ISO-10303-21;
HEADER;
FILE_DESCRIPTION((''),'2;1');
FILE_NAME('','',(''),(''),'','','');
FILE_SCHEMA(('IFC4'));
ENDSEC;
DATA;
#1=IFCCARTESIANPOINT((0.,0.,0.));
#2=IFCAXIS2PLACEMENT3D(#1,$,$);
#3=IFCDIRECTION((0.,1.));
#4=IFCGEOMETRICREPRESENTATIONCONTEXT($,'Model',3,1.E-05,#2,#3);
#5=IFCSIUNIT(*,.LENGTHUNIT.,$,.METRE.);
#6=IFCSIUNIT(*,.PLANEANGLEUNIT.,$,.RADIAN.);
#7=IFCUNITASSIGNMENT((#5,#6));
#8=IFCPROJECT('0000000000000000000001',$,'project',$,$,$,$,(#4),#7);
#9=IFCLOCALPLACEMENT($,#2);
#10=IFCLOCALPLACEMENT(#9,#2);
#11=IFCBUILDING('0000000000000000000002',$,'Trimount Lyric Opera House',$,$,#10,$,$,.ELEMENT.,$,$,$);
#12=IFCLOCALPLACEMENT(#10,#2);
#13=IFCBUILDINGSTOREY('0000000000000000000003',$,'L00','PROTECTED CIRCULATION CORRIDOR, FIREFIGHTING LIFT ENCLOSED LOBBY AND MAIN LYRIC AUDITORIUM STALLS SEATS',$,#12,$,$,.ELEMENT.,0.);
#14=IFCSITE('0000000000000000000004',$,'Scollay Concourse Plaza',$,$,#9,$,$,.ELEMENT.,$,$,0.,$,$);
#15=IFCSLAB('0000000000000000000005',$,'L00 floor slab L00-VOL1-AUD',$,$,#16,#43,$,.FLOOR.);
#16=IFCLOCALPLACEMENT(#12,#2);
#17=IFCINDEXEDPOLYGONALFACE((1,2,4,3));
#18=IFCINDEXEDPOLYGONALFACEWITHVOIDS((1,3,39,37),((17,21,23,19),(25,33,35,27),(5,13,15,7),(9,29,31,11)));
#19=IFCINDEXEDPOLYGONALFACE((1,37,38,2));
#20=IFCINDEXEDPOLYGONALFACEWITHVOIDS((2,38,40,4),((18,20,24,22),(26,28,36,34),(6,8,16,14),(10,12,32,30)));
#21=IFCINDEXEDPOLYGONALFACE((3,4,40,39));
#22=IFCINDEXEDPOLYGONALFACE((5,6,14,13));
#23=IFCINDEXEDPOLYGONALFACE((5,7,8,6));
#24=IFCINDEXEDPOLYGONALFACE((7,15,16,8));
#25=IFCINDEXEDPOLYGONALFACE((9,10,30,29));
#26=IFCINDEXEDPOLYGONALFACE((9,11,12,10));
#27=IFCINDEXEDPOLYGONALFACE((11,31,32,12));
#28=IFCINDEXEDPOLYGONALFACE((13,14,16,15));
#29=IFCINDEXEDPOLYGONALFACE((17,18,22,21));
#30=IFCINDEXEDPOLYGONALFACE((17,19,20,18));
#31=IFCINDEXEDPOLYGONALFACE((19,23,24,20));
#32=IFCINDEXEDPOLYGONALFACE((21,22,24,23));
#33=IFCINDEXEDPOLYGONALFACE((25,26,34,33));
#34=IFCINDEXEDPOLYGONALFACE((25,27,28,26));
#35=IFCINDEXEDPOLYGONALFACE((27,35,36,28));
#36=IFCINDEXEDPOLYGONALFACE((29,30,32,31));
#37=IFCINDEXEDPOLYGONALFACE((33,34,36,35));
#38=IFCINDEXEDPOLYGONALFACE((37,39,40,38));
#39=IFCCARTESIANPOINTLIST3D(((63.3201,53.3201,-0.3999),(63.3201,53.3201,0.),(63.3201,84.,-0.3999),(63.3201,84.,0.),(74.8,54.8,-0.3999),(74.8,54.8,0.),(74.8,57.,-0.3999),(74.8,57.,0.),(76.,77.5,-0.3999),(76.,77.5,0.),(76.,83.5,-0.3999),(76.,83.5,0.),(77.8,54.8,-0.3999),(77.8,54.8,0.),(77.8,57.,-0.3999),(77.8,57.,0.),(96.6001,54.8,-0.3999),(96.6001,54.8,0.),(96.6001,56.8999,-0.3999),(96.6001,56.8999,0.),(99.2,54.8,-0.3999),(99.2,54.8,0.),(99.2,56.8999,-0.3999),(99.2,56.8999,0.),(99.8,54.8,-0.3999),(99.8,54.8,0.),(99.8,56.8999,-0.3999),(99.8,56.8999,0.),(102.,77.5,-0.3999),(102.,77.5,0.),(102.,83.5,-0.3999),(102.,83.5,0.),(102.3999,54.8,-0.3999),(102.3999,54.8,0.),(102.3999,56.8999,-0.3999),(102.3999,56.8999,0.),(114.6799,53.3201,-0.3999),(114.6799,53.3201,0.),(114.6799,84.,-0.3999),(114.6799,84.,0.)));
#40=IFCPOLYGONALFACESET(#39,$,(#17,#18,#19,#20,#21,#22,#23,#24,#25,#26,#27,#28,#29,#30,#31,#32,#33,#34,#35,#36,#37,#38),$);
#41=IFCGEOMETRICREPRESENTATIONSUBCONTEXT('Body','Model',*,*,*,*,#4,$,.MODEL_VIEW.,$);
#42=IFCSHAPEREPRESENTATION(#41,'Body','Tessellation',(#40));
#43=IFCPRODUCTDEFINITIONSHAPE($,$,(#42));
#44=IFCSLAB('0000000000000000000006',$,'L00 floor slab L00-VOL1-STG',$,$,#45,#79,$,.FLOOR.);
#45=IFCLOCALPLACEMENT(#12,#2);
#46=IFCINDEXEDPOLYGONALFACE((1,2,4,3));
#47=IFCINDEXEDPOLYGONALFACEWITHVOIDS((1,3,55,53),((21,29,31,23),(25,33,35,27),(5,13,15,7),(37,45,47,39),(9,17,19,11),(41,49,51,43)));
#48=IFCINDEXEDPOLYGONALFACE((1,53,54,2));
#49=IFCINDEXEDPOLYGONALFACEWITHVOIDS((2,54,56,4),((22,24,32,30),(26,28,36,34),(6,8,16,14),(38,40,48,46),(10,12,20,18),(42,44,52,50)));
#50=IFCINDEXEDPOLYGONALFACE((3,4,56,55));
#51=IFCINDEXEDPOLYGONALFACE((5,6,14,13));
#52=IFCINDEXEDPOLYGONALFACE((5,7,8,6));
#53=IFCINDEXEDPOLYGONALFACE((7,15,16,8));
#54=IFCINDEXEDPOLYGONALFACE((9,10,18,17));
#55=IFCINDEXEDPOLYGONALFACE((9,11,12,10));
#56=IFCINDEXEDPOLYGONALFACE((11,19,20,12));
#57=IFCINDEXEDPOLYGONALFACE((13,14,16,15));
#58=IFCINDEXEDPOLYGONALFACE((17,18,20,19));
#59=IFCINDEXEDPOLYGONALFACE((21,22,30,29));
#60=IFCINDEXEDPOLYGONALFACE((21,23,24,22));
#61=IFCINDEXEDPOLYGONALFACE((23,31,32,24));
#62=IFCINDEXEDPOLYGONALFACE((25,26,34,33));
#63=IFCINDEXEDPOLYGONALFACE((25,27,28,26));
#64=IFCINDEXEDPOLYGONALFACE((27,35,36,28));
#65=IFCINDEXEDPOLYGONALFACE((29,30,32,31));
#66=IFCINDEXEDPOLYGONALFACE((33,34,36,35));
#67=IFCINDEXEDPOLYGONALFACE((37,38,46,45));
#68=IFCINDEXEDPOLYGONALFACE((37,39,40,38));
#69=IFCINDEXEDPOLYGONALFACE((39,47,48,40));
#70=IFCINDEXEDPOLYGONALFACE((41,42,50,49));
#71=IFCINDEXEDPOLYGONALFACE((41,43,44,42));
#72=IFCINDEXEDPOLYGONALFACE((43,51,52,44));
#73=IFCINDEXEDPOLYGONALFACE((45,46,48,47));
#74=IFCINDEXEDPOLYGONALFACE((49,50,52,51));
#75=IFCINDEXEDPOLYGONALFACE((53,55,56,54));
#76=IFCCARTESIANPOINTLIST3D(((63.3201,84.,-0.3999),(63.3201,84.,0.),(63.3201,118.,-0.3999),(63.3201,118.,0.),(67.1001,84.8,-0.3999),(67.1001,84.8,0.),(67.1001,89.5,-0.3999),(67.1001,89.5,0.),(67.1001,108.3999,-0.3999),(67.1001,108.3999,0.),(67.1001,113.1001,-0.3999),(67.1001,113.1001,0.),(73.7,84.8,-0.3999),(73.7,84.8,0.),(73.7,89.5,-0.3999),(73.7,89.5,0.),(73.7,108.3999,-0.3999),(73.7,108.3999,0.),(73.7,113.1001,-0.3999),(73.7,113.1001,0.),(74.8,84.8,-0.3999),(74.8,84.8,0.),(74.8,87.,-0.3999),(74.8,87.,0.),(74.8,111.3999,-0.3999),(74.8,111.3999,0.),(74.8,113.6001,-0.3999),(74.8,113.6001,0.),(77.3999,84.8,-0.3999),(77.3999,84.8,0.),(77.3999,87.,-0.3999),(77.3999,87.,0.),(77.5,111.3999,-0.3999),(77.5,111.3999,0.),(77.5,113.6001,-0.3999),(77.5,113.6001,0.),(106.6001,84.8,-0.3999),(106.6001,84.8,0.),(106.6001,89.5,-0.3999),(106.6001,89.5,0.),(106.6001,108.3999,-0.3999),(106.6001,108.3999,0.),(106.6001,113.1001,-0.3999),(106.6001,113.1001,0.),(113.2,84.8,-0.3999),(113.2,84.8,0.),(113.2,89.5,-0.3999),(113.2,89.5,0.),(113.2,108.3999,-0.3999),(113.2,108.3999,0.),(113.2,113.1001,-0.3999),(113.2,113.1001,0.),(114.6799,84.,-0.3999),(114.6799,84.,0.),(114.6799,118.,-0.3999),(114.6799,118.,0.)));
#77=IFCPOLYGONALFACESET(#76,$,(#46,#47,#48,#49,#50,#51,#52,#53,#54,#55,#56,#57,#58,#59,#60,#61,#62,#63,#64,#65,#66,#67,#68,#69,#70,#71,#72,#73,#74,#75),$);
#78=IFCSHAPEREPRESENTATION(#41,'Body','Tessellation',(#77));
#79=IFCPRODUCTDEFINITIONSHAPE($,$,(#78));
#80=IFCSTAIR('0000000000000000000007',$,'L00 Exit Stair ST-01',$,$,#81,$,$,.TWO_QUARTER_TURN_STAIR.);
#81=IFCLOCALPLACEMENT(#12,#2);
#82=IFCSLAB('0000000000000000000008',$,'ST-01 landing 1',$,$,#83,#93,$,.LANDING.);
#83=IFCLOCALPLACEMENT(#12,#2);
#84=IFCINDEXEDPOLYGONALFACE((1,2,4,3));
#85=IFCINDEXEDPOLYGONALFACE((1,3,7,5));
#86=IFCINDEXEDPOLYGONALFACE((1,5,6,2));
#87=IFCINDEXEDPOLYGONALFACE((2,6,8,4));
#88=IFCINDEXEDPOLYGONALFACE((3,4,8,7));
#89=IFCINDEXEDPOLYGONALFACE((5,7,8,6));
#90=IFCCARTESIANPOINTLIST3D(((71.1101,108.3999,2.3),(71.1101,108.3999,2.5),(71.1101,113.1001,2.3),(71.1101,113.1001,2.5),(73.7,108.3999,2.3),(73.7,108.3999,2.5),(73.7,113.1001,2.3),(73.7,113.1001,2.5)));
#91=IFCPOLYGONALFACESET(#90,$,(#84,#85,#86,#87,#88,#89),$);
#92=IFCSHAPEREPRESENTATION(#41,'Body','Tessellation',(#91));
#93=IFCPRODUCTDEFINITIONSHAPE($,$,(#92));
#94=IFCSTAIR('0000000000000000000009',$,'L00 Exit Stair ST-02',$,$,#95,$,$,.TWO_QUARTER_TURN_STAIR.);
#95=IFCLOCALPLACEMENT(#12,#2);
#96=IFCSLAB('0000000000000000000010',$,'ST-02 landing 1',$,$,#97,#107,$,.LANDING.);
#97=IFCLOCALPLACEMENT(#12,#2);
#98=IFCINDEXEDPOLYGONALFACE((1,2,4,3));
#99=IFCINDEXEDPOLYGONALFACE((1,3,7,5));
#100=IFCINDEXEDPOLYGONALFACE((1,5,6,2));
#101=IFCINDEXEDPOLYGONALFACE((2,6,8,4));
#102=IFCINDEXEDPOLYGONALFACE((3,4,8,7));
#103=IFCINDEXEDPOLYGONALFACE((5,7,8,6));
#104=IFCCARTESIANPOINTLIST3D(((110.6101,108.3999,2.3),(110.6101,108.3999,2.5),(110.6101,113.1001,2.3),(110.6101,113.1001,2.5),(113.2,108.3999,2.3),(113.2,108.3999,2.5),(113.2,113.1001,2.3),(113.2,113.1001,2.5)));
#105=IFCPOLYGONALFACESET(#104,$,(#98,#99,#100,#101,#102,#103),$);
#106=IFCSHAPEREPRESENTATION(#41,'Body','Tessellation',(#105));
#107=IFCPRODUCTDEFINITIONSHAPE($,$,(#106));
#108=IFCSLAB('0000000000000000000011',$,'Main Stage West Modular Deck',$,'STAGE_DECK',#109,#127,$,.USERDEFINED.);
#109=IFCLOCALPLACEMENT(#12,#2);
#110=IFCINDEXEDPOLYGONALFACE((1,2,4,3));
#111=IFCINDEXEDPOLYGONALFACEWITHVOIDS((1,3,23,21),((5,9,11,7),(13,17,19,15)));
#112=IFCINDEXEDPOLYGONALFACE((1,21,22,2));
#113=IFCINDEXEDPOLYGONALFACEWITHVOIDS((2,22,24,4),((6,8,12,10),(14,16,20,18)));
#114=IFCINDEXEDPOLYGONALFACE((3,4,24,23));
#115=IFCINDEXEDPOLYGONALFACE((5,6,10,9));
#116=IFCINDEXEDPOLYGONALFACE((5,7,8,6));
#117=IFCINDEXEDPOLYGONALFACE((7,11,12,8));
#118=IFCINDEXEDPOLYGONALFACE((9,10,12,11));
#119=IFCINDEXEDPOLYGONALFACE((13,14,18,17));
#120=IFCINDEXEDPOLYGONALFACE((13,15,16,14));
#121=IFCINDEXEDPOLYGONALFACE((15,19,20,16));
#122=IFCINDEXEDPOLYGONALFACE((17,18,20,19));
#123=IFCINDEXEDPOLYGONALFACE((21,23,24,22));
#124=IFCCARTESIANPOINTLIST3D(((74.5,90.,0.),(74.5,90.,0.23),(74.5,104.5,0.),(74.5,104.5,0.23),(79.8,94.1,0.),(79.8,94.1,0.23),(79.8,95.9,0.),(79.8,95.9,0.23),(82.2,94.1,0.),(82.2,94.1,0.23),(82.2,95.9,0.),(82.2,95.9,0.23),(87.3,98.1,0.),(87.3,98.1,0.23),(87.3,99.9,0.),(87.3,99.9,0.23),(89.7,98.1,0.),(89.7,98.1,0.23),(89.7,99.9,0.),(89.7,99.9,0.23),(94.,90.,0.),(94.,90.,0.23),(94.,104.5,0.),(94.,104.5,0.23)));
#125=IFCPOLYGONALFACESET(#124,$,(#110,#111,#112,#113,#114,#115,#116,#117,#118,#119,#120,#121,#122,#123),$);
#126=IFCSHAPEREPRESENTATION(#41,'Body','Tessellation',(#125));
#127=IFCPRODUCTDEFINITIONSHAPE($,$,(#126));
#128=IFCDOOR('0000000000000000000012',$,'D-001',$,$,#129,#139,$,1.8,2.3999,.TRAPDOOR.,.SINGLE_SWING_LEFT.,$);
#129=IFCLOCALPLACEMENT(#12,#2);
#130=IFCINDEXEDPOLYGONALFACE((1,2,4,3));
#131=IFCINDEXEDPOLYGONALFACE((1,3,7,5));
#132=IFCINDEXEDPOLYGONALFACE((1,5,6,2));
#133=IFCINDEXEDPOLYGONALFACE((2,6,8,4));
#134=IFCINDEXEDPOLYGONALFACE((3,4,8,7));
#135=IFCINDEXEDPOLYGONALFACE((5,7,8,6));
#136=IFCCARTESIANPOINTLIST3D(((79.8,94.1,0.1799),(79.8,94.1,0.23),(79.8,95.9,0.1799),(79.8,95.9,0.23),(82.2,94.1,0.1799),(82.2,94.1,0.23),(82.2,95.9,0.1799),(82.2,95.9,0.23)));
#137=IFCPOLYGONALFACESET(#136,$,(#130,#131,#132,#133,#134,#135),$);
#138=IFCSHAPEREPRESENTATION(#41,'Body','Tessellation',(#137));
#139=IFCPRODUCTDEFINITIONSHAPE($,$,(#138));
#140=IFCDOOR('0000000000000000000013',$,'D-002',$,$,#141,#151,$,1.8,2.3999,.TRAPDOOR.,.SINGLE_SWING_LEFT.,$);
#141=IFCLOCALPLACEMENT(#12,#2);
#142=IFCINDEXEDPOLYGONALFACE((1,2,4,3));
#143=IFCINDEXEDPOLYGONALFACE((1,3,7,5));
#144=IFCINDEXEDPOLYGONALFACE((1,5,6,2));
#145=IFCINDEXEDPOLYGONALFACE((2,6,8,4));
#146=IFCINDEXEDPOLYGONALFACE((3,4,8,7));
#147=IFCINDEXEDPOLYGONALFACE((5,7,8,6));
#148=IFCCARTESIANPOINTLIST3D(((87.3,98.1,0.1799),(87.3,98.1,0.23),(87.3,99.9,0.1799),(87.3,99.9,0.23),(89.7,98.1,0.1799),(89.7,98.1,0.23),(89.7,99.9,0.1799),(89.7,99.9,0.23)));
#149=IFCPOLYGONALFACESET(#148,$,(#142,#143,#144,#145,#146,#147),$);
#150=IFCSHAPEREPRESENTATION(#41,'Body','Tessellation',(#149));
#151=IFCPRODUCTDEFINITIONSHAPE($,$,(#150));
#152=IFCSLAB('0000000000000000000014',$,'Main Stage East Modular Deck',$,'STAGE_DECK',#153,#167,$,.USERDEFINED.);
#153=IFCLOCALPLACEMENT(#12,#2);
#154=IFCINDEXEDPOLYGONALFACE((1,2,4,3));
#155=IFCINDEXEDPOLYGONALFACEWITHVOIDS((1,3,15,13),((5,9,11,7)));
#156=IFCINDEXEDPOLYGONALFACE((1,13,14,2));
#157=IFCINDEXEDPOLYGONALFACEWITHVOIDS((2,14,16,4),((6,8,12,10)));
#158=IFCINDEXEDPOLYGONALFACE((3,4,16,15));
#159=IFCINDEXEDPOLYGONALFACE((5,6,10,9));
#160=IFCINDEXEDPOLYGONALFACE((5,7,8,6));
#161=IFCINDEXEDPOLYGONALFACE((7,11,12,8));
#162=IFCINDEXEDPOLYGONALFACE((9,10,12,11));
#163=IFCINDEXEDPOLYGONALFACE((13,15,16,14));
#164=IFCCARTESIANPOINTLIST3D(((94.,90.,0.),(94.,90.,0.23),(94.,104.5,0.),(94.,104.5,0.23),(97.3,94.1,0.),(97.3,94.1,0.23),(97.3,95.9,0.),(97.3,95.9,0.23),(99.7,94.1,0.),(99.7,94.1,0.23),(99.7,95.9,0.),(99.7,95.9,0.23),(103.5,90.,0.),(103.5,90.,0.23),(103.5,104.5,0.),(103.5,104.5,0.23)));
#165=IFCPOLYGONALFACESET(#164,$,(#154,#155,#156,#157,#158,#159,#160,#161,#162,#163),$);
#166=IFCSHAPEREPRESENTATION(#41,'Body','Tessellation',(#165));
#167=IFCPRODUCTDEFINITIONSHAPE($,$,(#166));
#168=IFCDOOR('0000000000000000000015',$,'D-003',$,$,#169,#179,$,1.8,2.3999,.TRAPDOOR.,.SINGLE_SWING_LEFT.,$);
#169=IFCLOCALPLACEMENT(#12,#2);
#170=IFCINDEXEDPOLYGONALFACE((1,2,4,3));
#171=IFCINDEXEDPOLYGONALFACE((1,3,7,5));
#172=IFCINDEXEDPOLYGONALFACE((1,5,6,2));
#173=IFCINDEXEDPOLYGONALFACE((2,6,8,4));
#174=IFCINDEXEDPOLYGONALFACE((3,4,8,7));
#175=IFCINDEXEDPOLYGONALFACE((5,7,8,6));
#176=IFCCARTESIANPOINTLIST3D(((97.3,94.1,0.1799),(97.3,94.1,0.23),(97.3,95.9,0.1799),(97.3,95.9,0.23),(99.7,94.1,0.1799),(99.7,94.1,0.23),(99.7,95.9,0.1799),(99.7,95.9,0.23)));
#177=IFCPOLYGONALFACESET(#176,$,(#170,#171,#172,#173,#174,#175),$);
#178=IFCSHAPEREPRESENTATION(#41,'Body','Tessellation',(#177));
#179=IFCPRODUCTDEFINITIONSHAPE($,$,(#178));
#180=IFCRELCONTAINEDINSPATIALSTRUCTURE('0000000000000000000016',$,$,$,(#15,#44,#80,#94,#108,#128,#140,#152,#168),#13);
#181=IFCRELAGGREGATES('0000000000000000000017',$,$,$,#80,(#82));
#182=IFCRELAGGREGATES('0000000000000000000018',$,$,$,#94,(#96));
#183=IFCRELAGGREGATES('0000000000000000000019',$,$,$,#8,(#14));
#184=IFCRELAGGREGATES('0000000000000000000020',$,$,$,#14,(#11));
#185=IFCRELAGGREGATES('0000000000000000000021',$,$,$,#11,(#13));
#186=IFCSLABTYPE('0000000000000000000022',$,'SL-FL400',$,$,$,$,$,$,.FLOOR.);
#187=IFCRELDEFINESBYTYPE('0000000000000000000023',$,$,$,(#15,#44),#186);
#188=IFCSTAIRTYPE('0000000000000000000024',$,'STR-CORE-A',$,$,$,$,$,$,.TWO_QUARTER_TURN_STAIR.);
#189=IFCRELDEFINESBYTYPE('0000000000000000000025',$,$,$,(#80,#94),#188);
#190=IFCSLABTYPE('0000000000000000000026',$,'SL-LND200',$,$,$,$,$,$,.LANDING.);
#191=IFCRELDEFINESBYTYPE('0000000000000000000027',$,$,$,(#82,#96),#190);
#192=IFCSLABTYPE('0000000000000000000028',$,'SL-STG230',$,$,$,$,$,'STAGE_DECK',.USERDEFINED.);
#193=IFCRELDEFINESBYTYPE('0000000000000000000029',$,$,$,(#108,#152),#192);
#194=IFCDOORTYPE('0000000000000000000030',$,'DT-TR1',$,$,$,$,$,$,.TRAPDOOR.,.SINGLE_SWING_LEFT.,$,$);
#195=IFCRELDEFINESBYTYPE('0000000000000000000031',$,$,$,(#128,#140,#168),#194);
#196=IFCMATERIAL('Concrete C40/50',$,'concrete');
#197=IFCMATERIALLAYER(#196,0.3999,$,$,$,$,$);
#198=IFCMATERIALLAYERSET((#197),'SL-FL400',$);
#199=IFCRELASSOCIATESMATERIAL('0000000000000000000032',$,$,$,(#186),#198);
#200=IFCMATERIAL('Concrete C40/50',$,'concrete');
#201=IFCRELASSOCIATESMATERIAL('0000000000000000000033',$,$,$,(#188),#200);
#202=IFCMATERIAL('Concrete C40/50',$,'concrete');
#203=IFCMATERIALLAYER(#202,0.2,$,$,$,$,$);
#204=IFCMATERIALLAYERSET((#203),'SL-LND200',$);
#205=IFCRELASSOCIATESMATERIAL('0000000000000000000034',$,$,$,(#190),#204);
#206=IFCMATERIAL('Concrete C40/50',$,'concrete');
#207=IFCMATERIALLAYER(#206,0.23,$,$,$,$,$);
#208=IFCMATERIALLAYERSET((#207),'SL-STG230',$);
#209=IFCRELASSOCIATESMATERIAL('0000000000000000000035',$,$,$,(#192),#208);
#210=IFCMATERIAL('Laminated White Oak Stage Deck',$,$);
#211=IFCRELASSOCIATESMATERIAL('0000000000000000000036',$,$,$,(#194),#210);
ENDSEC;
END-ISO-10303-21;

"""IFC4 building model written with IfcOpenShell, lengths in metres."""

from ifc_helpers import new_model, si_unit, direction, frame, origin, origin_2d, place, context, subcontext, project, spatial, polyline, rectangle, outline, extrude, material, layer, layer_set, type_object, element, fill, aggregate, save


model = new_model("IFC4")

# Units and contexts
model_context = context("Model", 3, precision=1e-05, world=origin(), true_north=direction((0.0, 1.0)))
body_context = subcontext(model_context, "Body", "Model", "MODEL_VIEW")
ifc_project = project(units=[si_unit("LENGTHUNIT", "METRE"), si_unit("PLANEANGLEUNIT", "RADIAN")], contexts=[model_context])

# Site, building, storey
site_placement = place(None, origin())
site = spatial("IfcSite", under=ifc_project, at=site_placement, Name="Scollay Concourse Plaza", CompositionType="ELEMENT", RefElevation=0.0)
building_placement = place(site_placement, origin())
building = spatial("IfcBuilding", under=site, at=building_placement, Name="Trimount Lyric Opera House", CompositionType="ELEMENT")
storey_placement = place(building_placement, origin())
storey = spatial("IfcBuildingStorey", under=building, at=storey_placement, Name="L00", Description="PROTECTED CIRCULATION CORRIDOR, FIREFIGHTING LIFT ENCLOSED LOBBY AND MAIN LYRIC AUDITORIUM STALLS SEATS", CompositionType="ELEMENT", Elevation=0.0)

# Slabs
ifc_material_1 = material(Name="Concrete C40/50", Category="concrete")
ifc_layer_1 = layer(ifc_material_1, 0.3999)
ifc_layer_set_1 = layer_set([ifc_layer_1], Name="SL-FL400")
slab_type_1 = type_object("IfcSlabType", Name="SL-FL400", PredefinedType="FLOOR", material=ifc_layer_set_1)
slab_1_placement = place(storey_placement, frame((0.0, 0.0, -0.3999)))
element("IfcSlab", 1, at=slab_1_placement, inside=storey, type_object=slab_type_1, Name="L00 floor slab L00-VOL1-AUD", PredefinedType="FLOOR", context=body_context, shape_type="SweptSolid", body=[
    extrude(outline(polyline([(114.6799, 84.0), (114.6799, 53.3201), (63.3201, 53.3201), (63.3201, 84.0), (114.6799, 84.0)]), holes=[polyline([(102.3999, 56.8999), (99.8, 56.8999), (99.8, 54.8), (102.3999, 54.8), (102.3999, 56.8999)]), polyline([(76.0, 77.5), (102.0, 77.5), (102.0, 83.5), (76.0, 83.5), (76.0, 77.5)]), polyline([(99.2, 56.8999), (96.6001, 56.8999), (96.6001, 54.8), (99.2, 54.8), (99.2, 56.8999)]), polyline([(77.8, 57.0), (74.8, 57.0), (74.8, 54.8), (77.8, 54.8), (77.8, 57.0)])]), origin(), (0.0, 0.0, 1.0), 0.3999),
])
slab_2_placement = place(storey_placement, frame((0.0, 0.0, -0.3999)))
element("IfcSlab", 2, at=slab_2_placement, inside=storey, type_object=slab_type_1, Name="L00 floor slab L00-VOL1-STG", PredefinedType="FLOOR", context=body_context, shape_type="SweptSolid", body=[
    extrude(outline(polyline([(114.6799, 118.0), (114.6799, 84.0), (63.3201, 84.0), (63.3201, 118.0), (114.6799, 118.0)]), holes=[polyline([(113.2, 89.5), (106.6001, 89.5), (106.6001, 84.8), (113.2, 84.8), (113.2, 89.5)]), polyline([(113.2, 113.1001), (106.6001, 113.1001), (106.6001, 108.3999), (113.2, 108.3999), (113.2, 113.1001)]), polyline([(77.5, 113.6001), (74.8, 113.6001), (74.8, 111.3999), (77.5, 111.3999), (77.5, 113.6001)]), polyline([(77.3999, 87.0), (74.8, 87.0), (74.8, 84.8), (77.3999, 84.8), (77.3999, 87.0)]), polyline([(73.7, 89.5), (67.1001, 89.5), (67.1001, 84.8), (73.7, 84.8), (73.7, 89.5)]), polyline([(73.7, 113.1001), (67.1001, 113.1001), (67.1001, 108.3999), (73.7, 108.3999), (73.7, 113.1001)])]), origin(), (0.0, 0.0, 1.0), 0.3999),
])

# Stairs, slabs
ifc_material_2 = material(Name="Concrete C40/50", Category="concrete")
stair_type = type_object("IfcStairType", Name="STR-CORE-A", PredefinedType="TWO_QUARTER_TURN_STAIR", material=ifc_material_2)
stair_1_placement = place(storey_placement, origin())
stair_1 = element("IfcStair", 3, at=stair_1_placement, inside=storey, type_object=stair_type, Name="L00 Exit Stair ST-01", PredefinedType="TWO_QUARTER_TURN_STAIR")
ifc_material_3 = material(Name="Concrete C40/50", Category="concrete")
ifc_layer_2 = layer(ifc_material_3, 0.2)
ifc_layer_set_2 = layer_set([ifc_layer_2], Name="SL-LND200")
slab_type_2 = type_object("IfcSlabType", Name="SL-LND200", PredefinedType="LANDING", material=ifc_layer_set_2)
slab_3_placement = place(storey_placement, frame((0.0, 0.0, 2.3)))
slab_3 = element("IfcSlab", 4, at=slab_3_placement, type_object=slab_type_2, Name="ST-01 landing 1", PredefinedType="LANDING", context=body_context, shape_type="SweptSolid", body=[
    extrude(outline(polyline([(71.1101, 108.3999), (73.7, 108.3999), (73.7, 113.1001), (71.1101, 113.1001), (71.1101, 108.3999)])), origin(), (0.0, 0.0, 1.0), 0.2),
])
aggregate(stair_1, [slab_3])
stair_2_placement = place(storey_placement, origin())
stair_2 = element("IfcStair", 5, at=stair_2_placement, inside=storey, type_object=stair_type, Name="L00 Exit Stair ST-02", PredefinedType="TWO_QUARTER_TURN_STAIR")
slab_4_placement = place(storey_placement, frame((0.0, 0.0, 2.3)))
slab_4 = element("IfcSlab", 6, at=slab_4_placement, type_object=slab_type_2, Name="ST-02 landing 1", PredefinedType="LANDING", context=body_context, shape_type="SweptSolid", body=[
    extrude(outline(polyline([(110.6101, 108.3999), (113.2, 108.3999), (113.2, 113.1001), (110.6101, 113.1001), (110.6101, 108.3999)])), origin(), (0.0, 0.0, 1.0), 0.2),
])
aggregate(stair_2, [slab_4])

# Slab, openings, doors
ifc_material_4 = material(Name="Concrete C40/50", Category="concrete")
ifc_layer_3 = layer(ifc_material_4, 0.23)
ifc_layer_set_3 = layer_set([ifc_layer_3], Name="SL-STG230")
slab_type_3 = type_object("IfcSlabType", Name="SL-STG230", ElementType="STAGE_DECK", PredefinedType="USERDEFINED", material=ifc_layer_set_3)
slab_5_placement = place(storey_placement, origin())
slab_5 = element("IfcSlab", 7, at=slab_5_placement, inside=storey, type_object=slab_type_3, Name="Main Stage West Modular Deck", ObjectType="STAGE_DECK", PredefinedType="USERDEFINED", context=body_context, shape_type="SweptSolid", body=[
    extrude(outline(polyline([(74.5, 90.0), (94.0, 90.0), (94.0, 104.5), (74.5, 104.5), (74.5, 90.0)])), origin(), (0.0, 0.0, 1.0), 0.23),
])
opening_1_placement = place(slab_5_placement, frame((81.0, 95.0, 0.0)))
opening_1 = element("IfcOpeningElement", 8, at=opening_1_placement, cuts=slab_5, PredefinedType="OPENING", context=body_context, shape_type="SweptSolid", body=[
    extrude(rectangle(XDim=2.3999, YDim=1.8, at=origin_2d()), frame((0.0, 0.0, -0.01)), (0.0, 0.0, 1.0), 0.25),
])
opening_2_placement = place(slab_5_placement, frame((88.5, 99.0, 0.0)))
opening_2 = element("IfcOpeningElement", 9, at=opening_2_placement, cuts=slab_5, PredefinedType="OPENING", context=body_context, shape_type="SweptSolid", body=[
    extrude(rectangle(XDim=2.3999, YDim=1.8, at=origin_2d()), frame((0.0, 0.0, -0.01)), (0.0, 0.0, 1.0), 0.25),
])
ifc_material_5 = material(Name="Laminated White Oak Stage Deck")
door_type_1 = type_object("IfcDoorType", Name="DT-TR1", OperationType="SINGLE_SWING_LEFT", PredefinedType="TRAPDOOR", material=ifc_material_5)
door_1_placement = place(opening_1_placement, frame((0.0, 0.0, 0.1799)))
door_1 = element("IfcDoor", 10, at=door_1_placement, inside=storey, type_object=door_type_1, Name="D-001", OperationType="SINGLE_SWING_LEFT", OverallHeight=1.8, OverallWidth=2.3999, PredefinedType="TRAPDOOR", context=body_context, shape_type="SweptSolid", body=[
    extrude(rectangle(XDim=2.3999, YDim=1.8, at=origin_2d()), origin(), (0.0, 0.0, 1.0), 0.05),
])
fill(opening_1, door_1)
door_2_placement = place(opening_2_placement, frame((0.0, 0.0, 0.1799)))
door_2 = element("IfcDoor", 11, at=door_2_placement, inside=storey, type_object=door_type_1, Name="D-002", OperationType="SINGLE_SWING_LEFT", OverallHeight=1.8, OverallWidth=2.3999, PredefinedType="TRAPDOOR", context=body_context, shape_type="SweptSolid", body=[
    extrude(rectangle(XDim=2.3999, YDim=1.8, at=origin_2d()), origin(), (0.0, 0.0, 1.0), 0.05),
])
fill(opening_2, door_2)

# Slab, opening, door
slab_6_placement = place(storey_placement, origin())
slab_6 = element("IfcSlab", 12, at=slab_6_placement, inside=storey, type_object=slab_type_3, Name="Main Stage East Modular Deck", ObjectType="STAGE_DECK", PredefinedType="USERDEFINED", context=body_context, shape_type="SweptSolid", body=[
    extrude(outline(polyline([(94.0, 90.0), (103.5, 90.0), (103.5, 104.5), (94.0, 104.5), (94.0, 90.0)])), origin(), (0.0, 0.0, 1.0), 0.23),
])
opening_3_placement = place(slab_6_placement, frame((98.5, 95.0, 0.0)))
opening_3 = element("IfcOpeningElement", 13, at=opening_3_placement, cuts=slab_6, PredefinedType="OPENING", context=body_context, shape_type="SweptSolid", body=[
    extrude(rectangle(XDim=2.3999, YDim=1.8, at=origin_2d()), frame((0.0, 0.0, -0.01)), (0.0, 0.0, 1.0), 0.25),
])
door_3_placement = place(opening_3_placement, frame((0.0, 0.0, 0.1799)))
door_3 = element("IfcDoor", 14, at=door_3_placement, inside=storey, type_object=door_type_1, Name="D-003", OperationType="SINGLE_SWING_LEFT", OverallHeight=1.8, OverallWidth=2.3999, PredefinedType="TRAPDOOR", context=body_context, shape_type="SweptSolid", body=[
    extrude(rectangle(XDim=2.3999, YDim=1.8, at=origin_2d()), origin(), (0.0, 0.0, 1.0), 0.05),
])
fill(opening_3, door_3)

save(model, "model.ifc")
